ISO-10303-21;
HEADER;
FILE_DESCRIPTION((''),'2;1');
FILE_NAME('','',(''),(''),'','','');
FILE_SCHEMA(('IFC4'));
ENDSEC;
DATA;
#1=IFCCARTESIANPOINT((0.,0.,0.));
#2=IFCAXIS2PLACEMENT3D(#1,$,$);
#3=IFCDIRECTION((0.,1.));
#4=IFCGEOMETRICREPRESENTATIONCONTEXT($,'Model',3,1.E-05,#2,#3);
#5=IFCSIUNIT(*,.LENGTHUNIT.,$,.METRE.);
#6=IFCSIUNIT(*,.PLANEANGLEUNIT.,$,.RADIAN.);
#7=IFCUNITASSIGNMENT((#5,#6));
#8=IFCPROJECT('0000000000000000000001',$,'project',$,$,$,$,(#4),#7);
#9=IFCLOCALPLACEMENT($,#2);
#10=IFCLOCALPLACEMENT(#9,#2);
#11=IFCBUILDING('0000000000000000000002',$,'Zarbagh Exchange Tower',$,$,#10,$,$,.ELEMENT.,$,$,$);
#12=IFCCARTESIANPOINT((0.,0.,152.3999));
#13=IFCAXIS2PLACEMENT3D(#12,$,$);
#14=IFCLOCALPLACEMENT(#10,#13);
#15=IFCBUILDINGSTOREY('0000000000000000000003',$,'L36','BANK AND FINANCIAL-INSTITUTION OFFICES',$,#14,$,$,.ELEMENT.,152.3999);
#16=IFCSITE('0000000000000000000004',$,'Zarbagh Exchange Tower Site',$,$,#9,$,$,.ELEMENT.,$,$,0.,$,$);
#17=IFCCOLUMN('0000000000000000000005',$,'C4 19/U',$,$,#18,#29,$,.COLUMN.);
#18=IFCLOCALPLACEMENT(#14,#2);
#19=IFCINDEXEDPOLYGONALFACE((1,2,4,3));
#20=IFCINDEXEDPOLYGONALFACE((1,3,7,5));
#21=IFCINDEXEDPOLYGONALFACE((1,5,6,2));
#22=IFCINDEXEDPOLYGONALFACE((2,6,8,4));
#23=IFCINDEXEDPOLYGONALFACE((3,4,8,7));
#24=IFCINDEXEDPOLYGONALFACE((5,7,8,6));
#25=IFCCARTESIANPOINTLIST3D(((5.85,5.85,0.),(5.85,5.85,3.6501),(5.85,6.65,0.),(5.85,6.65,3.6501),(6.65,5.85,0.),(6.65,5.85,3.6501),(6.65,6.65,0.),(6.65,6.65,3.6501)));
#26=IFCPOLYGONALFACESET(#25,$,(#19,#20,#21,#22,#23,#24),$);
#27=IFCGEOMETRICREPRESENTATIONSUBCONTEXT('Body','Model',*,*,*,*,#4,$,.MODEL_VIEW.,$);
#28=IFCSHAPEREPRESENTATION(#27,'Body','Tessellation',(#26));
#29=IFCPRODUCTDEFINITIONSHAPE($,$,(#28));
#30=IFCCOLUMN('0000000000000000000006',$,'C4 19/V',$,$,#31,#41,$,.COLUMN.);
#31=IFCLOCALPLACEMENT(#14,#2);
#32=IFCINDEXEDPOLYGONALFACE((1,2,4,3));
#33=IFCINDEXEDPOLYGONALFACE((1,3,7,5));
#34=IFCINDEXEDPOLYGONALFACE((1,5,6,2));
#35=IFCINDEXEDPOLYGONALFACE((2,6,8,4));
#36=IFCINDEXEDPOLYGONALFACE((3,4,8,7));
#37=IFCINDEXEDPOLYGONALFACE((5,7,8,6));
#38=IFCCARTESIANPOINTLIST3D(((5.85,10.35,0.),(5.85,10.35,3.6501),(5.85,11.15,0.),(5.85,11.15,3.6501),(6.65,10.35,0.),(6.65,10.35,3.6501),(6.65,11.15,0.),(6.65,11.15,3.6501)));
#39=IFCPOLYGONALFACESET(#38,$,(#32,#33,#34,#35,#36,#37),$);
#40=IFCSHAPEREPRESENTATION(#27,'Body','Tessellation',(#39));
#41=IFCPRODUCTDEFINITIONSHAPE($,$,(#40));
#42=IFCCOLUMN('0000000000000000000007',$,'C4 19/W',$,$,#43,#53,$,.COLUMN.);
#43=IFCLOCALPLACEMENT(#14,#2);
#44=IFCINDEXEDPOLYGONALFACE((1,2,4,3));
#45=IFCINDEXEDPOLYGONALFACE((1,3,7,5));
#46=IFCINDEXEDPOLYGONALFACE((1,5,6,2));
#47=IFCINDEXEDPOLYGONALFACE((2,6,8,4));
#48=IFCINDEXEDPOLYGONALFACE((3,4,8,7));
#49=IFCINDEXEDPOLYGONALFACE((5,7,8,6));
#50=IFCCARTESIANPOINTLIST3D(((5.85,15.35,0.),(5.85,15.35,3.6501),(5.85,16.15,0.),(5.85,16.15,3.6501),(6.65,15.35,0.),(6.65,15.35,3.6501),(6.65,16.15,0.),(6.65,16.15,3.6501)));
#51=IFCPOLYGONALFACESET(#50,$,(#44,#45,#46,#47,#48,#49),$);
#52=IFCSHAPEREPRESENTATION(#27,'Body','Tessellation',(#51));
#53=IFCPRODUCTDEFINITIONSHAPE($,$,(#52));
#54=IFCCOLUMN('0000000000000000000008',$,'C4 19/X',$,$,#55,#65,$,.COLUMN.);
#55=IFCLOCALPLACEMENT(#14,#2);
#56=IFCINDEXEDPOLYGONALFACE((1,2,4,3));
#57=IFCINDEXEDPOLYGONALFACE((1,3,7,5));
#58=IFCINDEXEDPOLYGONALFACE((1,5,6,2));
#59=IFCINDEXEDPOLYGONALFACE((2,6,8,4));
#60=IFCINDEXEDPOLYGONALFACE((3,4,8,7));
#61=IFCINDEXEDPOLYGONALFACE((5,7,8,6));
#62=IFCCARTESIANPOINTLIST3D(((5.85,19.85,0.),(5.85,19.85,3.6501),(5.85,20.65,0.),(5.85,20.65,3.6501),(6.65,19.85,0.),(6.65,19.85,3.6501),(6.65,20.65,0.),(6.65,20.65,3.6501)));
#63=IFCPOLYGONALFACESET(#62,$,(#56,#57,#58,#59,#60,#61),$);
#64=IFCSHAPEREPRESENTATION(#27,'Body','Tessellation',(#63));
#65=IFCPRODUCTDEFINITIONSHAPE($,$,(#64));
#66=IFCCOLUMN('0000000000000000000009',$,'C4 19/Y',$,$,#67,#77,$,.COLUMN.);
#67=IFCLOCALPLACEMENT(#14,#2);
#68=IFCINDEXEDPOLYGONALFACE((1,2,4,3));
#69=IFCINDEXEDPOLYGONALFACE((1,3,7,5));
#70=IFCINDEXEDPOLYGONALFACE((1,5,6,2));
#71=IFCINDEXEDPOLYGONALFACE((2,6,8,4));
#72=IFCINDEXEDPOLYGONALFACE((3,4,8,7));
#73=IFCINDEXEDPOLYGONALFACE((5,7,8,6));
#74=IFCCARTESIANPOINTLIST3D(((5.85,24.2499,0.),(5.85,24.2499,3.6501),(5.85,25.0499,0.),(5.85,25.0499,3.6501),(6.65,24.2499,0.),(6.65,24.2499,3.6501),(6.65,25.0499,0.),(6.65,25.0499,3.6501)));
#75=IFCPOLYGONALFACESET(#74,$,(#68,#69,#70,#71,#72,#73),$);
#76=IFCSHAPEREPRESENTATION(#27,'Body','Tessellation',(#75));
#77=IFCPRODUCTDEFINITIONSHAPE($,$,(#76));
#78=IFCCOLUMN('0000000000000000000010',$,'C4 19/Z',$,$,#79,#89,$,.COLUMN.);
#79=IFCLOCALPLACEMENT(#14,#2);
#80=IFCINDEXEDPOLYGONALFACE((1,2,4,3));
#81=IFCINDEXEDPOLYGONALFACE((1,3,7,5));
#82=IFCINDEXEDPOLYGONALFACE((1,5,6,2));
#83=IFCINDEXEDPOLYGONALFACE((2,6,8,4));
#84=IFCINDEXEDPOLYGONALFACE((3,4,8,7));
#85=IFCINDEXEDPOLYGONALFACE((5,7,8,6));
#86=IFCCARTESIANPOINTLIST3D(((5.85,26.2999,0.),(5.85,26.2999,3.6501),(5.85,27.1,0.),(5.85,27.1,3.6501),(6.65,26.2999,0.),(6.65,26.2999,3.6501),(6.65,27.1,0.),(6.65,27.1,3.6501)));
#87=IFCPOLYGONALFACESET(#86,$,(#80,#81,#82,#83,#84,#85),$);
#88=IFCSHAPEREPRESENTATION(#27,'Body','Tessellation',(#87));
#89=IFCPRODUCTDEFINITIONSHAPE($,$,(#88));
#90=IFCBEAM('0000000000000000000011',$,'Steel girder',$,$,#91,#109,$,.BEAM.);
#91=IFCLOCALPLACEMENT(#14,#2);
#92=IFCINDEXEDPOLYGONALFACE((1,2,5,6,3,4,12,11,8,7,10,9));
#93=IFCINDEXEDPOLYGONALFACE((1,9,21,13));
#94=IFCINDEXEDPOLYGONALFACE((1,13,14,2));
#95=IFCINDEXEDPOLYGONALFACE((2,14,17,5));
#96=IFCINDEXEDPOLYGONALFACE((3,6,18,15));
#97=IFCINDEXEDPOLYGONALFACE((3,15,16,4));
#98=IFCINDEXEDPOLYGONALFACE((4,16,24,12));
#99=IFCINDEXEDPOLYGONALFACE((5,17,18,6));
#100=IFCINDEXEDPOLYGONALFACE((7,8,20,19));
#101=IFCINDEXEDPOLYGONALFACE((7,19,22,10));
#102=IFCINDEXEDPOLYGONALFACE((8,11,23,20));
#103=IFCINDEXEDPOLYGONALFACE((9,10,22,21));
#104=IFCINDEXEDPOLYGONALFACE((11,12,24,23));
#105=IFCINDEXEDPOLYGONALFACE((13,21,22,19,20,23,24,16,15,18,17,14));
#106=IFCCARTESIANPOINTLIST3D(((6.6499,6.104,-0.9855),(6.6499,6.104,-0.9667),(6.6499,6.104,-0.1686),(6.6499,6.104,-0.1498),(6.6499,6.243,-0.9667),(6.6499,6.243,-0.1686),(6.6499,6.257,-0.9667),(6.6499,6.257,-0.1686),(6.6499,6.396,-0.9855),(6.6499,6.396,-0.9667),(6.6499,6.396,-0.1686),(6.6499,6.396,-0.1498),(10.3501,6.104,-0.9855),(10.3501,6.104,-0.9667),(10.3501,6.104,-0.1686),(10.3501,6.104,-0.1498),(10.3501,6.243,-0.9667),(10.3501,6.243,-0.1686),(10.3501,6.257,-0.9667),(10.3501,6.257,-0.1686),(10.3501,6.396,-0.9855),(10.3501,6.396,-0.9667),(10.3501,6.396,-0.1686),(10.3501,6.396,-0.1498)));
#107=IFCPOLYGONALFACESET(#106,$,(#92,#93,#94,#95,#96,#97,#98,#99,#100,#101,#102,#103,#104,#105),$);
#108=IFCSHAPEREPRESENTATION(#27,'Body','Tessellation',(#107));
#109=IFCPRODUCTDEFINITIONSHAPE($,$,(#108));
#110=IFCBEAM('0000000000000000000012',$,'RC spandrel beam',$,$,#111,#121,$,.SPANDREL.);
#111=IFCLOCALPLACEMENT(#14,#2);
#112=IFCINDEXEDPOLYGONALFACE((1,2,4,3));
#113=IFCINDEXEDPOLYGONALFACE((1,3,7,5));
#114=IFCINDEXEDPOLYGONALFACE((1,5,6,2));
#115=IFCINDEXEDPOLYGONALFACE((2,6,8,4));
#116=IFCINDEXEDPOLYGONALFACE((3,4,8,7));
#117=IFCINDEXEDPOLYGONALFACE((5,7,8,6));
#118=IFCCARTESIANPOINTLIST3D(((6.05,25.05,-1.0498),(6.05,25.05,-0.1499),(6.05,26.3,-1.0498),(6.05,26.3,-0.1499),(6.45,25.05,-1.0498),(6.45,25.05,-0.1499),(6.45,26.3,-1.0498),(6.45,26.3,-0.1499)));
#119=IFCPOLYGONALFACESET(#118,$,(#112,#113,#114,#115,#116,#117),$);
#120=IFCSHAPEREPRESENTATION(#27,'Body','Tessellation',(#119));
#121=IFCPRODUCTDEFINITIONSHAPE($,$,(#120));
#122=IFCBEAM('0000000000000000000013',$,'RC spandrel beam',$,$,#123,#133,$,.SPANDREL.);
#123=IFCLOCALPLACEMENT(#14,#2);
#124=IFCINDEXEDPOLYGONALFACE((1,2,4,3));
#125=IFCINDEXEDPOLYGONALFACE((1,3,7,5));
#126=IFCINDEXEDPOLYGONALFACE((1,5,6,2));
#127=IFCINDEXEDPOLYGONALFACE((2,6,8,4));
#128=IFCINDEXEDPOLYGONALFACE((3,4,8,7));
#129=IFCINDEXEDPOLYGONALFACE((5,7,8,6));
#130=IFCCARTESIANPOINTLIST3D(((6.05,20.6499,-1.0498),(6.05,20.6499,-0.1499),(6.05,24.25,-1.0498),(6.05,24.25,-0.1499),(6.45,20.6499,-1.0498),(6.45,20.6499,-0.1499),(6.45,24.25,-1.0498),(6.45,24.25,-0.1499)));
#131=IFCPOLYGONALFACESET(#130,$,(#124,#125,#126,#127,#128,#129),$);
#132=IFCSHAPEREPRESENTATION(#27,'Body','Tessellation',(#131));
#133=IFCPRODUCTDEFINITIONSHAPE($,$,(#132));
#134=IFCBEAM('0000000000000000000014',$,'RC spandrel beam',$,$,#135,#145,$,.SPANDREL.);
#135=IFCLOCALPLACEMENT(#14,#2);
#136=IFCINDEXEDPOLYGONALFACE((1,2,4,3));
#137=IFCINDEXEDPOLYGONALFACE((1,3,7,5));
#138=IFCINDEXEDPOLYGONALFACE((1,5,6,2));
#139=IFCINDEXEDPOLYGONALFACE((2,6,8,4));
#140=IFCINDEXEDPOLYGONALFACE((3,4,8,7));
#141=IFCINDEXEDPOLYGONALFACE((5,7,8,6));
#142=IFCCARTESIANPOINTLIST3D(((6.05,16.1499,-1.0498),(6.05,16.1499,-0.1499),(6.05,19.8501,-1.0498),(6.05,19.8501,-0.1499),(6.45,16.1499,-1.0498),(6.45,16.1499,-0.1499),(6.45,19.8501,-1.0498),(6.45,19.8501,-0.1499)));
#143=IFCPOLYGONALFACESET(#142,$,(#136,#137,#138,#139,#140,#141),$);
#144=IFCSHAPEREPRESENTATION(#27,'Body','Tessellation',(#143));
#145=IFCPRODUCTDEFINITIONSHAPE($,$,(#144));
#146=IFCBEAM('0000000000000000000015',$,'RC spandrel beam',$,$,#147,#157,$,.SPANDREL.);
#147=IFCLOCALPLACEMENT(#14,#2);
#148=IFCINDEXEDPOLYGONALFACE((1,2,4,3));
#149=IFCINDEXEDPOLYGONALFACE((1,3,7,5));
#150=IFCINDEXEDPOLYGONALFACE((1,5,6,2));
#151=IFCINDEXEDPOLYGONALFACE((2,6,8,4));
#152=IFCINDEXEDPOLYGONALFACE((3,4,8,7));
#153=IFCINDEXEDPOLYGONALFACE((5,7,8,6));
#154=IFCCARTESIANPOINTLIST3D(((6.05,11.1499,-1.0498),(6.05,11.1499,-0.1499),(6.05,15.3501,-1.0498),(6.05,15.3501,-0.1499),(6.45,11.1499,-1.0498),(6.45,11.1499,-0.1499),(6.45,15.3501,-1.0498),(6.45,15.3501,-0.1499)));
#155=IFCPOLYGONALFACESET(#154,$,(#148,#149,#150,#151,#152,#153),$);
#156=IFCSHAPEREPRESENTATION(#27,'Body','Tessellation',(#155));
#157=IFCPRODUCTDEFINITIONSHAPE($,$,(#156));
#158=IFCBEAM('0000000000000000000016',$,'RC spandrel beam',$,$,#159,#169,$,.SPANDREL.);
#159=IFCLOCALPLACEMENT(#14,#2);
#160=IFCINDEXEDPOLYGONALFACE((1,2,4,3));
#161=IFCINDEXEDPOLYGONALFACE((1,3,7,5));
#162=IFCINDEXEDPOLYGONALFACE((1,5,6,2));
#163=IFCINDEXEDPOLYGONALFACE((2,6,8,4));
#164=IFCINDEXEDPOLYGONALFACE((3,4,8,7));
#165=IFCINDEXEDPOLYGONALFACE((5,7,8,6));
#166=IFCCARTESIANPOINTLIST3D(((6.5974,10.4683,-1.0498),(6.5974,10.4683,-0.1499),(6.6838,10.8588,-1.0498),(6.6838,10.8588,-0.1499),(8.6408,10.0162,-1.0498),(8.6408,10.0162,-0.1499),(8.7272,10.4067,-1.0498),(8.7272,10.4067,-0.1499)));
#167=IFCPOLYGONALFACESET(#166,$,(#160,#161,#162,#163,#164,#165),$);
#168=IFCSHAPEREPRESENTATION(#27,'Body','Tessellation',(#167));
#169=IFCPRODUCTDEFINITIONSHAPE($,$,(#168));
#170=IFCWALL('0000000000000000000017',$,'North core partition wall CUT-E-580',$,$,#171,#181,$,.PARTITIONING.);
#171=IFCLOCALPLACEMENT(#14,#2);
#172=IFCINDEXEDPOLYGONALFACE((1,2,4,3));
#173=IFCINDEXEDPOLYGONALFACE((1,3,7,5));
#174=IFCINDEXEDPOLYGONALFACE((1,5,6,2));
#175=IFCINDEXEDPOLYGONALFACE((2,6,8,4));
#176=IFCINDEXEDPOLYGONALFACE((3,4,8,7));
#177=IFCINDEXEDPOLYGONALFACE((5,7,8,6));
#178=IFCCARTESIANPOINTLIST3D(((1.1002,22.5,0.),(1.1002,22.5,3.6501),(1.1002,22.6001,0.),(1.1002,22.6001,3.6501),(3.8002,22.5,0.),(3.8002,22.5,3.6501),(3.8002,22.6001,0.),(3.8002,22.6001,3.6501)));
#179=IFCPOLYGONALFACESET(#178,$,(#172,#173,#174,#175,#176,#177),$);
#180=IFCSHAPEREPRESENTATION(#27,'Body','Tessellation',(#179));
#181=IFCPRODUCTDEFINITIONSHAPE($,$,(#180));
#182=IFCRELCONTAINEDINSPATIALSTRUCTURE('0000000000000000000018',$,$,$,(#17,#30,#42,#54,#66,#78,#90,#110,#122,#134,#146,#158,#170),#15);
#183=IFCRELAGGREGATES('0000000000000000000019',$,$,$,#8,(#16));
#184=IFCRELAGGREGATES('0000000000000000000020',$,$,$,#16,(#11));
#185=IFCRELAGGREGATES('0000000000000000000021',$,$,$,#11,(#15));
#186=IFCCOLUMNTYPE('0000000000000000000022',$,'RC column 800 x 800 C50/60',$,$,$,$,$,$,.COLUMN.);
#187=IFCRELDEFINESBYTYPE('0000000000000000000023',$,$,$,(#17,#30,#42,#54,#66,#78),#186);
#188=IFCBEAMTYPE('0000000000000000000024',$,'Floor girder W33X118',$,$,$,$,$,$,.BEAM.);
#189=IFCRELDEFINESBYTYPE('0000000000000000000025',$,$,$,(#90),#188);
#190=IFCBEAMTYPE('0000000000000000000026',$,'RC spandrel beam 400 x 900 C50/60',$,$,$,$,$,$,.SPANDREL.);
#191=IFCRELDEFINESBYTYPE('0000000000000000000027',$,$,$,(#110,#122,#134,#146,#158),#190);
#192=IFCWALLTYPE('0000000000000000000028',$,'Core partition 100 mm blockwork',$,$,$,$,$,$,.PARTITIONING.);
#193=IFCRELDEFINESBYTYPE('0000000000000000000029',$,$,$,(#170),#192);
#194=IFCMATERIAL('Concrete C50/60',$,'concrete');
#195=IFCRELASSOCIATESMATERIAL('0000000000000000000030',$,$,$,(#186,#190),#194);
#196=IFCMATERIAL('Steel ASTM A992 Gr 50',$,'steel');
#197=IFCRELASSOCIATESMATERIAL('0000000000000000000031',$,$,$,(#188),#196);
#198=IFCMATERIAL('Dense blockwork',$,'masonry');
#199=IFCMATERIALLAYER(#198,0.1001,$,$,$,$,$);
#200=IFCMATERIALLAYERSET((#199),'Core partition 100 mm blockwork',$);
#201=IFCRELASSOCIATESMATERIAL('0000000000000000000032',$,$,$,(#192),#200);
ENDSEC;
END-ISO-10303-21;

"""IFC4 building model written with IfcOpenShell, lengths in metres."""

from ifc_helpers import new_model, si_unit, direction, frame, frame_2d, origin, origin_2d, place, context, subcontext, project, spatial, rectangle, i_section, extrude, material, layer, layer_set, material_profile, profile_set, type_object, element, save


model = new_model("IFC4")

# Units and contexts
model_context = context("Model", 3, precision=1e-05, world=origin(), true_north=direction((0.0, 1.0)))
body_context = subcontext(model_context, "Body", "Model", "MODEL_VIEW")
ifc_project = project(units=[si_unit("LENGTHUNIT", "METRE"), si_unit("PLANEANGLEUNIT", "RADIAN")], contexts=[model_context])

# Site, building, storey
site_placement = place(None, origin())
site = spatial("IfcSite", under=ifc_project, at=site_placement, Name="Zarbagh Exchange Tower Site", CompositionType="ELEMENT", RefElevation=0.0)
building_placement = place(site_placement, origin())
building = spatial("IfcBuilding", under=site, at=building_placement, Name="Zarbagh Exchange Tower", CompositionType="ELEMENT")
storey_placement = place(building_placement, frame((0.0, 0.0, 152.3999)))
storey = spatial("IfcBuildingStorey", under=building, at=storey_placement, Name="L36", Description="BANK AND FINANCIAL-INSTITUTION OFFICES", CompositionType="ELEMENT", Elevation=152.3999)

# Columns
ifc_material_1 = material(Name="Concrete C50/60", Category="concrete")
ifc_material_profile_1 = material_profile(ifc_material_1, rectangle(XDim=0.8, YDim=0.8, at=origin_2d()), Name="RC column 800 x 800 C50/60")
ifc_profile_set_1 = profile_set([ifc_material_profile_1], Name="Concrete C50/60")
column_type = type_object("IfcColumnType", Name="RC column 800 x 800 C50/60", PredefinedType="COLUMN", material=ifc_profile_set_1)
for number, where, z_axis, x_axis, name in (
    (1, (6.25, 6.25, 0.0), (0.0, 0.0, 1.0), (1.0, 0.0, 0.0), "C4 19/U"),
    (2, (6.25, 10.75, 0.0), (0.0, 0.0, 1.0), (1.0, 0.0, 0.0), "C4 19/V"),
    (3, (6.25, 15.75, 0.0), (0.0, 0.0, 1.0), (1.0, 0.0, 0.0), "C4 19/W"),
    (4, (6.25, 20.25, 0.0), (0.0, 0.0, 1.0), (1.0, 0.0, 0.0), "C4 19/X"),
    (5, (6.25, 24.6499, 0.0), (0.0, 0.0, 1.0), (1.0, 0.0, 0.0), "C4 19/Y"),
    (6, (6.25, 26.7, 0.0), (0.0, 0.0, 1.0), (1.0, 0.0, 0.0), "C4 19/Z"),
):
    element("IfcColumn", number, at=place(storey_placement, frame(where, z_axis=z_axis, x_axis=x_axis)), inside=storey, type_object=column_type, Name=name, PredefinedType="COLUMN", context=body_context, shape_type="SweptSolid", body=[
        extrude(rectangle(XDim=0.8, YDim=0.8, at=origin_2d()), origin(), (0.0, 0.0, 1.0), 3.6501),
    ])

# Beams
ifc_material_2 = material(Name="Steel ASTM A992 Gr 50", Category="steel")
ifc_material_profile_2 = material_profile(ifc_material_2, i_section(OverallWidth=0.292, OverallDepth=0.8357, WebThickness=0.0139, FlangeThickness=0.0188, at=origin_2d()), Name="W33X118")
ifc_profile_set_2 = profile_set([ifc_material_profile_2], Name="Steel ASTM A992 Gr 50")
beam_type_1 = type_object("IfcBeamType", Name="Floor girder W33X118", PredefinedType="BEAM", material=ifc_profile_set_2)
beam_1_placement = place(storey_placement, frame((6.6499, 6.25, -0.5676), z_axis=(1.0, 0.0, 0.0), x_axis=(0.0, 1.0, 0.0)))
element("IfcBeam", 7, at=beam_1_placement, inside=storey, type_object=beam_type_1, Name="Steel girder", PredefinedType="BEAM", context=body_context, shape_type="SweptSolid", body=[
    extrude(i_section(OverallWidth=0.292, OverallDepth=0.8357, WebThickness=0.0139, FlangeThickness=0.0188, at=origin_2d()), origin(), (0.0, 0.0, 1.0), 3.7002),
])
ifc_material_profile_3 = material_profile(ifc_material_1, rectangle(XDim=0.3999, YDim=0.8999, at=origin_2d()), Name="RC spandrel beam 400 x 900 C50/60")
ifc_profile_set_3 = profile_set([ifc_material_profile_3], Name="Concrete C50/60")
beam_type_2 = type_object("IfcBeamType", Name="RC spandrel beam 400 x 900 C50/60", PredefinedType="SPANDREL", material=ifc_profile_set_3)
beam_2_placement = place(storey_placement, frame((6.25, 26.3, -0.5999), z_axis=(0.0, -1.0, 0.0), x_axis=(1.0, 0.0, 0.0)))
element("IfcBeam", 8, at=beam_2_placement, inside=storey, type_object=beam_type_2, Name="RC spandrel beam", PredefinedType="SPANDREL", context=body_context, shape_type="SweptSolid", body=[
    extrude(rectangle(XDim=0.3999, YDim=0.8999, at=origin_2d()), origin(), (0.0, 0.0, 1.0), 1.25),
])
beam_3_placement = place(storey_placement, frame((6.25, 24.25, -0.5999), z_axis=(0.0, -1.0, 0.0), x_axis=(1.0, 0.0, 0.0)))
element("IfcBeam", 9, at=beam_3_placement, inside=storey, type_object=beam_type_2, Name="RC spandrel beam", PredefinedType="SPANDREL", context=body_context, shape_type="SweptSolid", body=[
    extrude(rectangle(XDim=0.3999, YDim=0.8999, at=origin_2d()), origin(), (0.0, 0.0, 1.0), 3.6001),
])
beam_4_placement = place(storey_placement, frame((6.25, 19.8501, -0.5999), z_axis=(0.0, -1.0, 0.0), x_axis=(1.0, 0.0, 0.0)))
element("IfcBeam", 10, at=beam_4_placement, inside=storey, type_object=beam_type_2, Name="RC spandrel beam", PredefinedType="SPANDREL", context=body_context, shape_type="SweptSolid", body=[
    extrude(rectangle(XDim=0.3999, YDim=0.8999, at=origin_2d()), origin(), (0.0, 0.0, 1.0), 3.7002),
])
beam_5_placement = place(storey_placement, frame((6.25, 15.3501, -0.5999), z_axis=(0.0, -1.0, 0.0), x_axis=(1.0, 0.0, 0.0)))
element("IfcBeam", 11, at=beam_5_placement, inside=storey, type_object=beam_type_2, Name="RC spandrel beam", PredefinedType="SPANDREL", context=body_context, shape_type="SweptSolid", body=[
    extrude(rectangle(XDim=0.3999, YDim=0.8999, at=origin_2d()), origin(), (0.0, 0.0, 1.0), 4.2002),
])
beam_6_placement = place(storey_placement, frame((6.6406, 10.6636, -0.5999), z_axis=(0.976384, -0.216041, 0.0), x_axis=(0.216041, 0.976384, 0.0)))
element("IfcBeam", 12, at=beam_6_placement, inside=storey, type_object=beam_type_2, Name="RC spandrel beam", PredefinedType="SPANDREL", context=body_context, shape_type="SweptSolid", body=[
    extrude(rectangle(XDim=0.3999, YDim=0.8999, at=origin_2d()), origin(), (0.0, 0.0, 1.0), 2.0928),
])

# Wall
ifc_material_3 = material(Name="Dense blockwork", Category="masonry")
ifc_layer_1 = layer(ifc_material_3, 0.1001)
ifc_layer_set_1 = layer_set([ifc_layer_1], Name="Core partition 100 mm blockwork")
wall_type_1 = type_object("IfcWallType", Name="Core partition 100 mm blockwork", PredefinedType="PARTITIONING", material=ifc_layer_set_1)
wall_1_placement = place(storey_placement, frame((1.1001, 22.55, 0.0), z_axis=(0.0, 0.0, 1.0), x_axis=(1.0, 0.0, 0.0)))
element("IfcWall", 13, at=wall_1_placement, inside=storey, type_object=wall_type_1, Name="North core partition wall CUT-E-580", PredefinedType="PARTITIONING", context=body_context, shape_type="SweptSolid", body=[
    extrude(rectangle(XDim=2.7, YDim=0.1001, at=frame_2d((1.3501, 0.0))), origin(), (0.0, 0.0, 1.0), 3.6501),
])

save(model, "model.ifc")
